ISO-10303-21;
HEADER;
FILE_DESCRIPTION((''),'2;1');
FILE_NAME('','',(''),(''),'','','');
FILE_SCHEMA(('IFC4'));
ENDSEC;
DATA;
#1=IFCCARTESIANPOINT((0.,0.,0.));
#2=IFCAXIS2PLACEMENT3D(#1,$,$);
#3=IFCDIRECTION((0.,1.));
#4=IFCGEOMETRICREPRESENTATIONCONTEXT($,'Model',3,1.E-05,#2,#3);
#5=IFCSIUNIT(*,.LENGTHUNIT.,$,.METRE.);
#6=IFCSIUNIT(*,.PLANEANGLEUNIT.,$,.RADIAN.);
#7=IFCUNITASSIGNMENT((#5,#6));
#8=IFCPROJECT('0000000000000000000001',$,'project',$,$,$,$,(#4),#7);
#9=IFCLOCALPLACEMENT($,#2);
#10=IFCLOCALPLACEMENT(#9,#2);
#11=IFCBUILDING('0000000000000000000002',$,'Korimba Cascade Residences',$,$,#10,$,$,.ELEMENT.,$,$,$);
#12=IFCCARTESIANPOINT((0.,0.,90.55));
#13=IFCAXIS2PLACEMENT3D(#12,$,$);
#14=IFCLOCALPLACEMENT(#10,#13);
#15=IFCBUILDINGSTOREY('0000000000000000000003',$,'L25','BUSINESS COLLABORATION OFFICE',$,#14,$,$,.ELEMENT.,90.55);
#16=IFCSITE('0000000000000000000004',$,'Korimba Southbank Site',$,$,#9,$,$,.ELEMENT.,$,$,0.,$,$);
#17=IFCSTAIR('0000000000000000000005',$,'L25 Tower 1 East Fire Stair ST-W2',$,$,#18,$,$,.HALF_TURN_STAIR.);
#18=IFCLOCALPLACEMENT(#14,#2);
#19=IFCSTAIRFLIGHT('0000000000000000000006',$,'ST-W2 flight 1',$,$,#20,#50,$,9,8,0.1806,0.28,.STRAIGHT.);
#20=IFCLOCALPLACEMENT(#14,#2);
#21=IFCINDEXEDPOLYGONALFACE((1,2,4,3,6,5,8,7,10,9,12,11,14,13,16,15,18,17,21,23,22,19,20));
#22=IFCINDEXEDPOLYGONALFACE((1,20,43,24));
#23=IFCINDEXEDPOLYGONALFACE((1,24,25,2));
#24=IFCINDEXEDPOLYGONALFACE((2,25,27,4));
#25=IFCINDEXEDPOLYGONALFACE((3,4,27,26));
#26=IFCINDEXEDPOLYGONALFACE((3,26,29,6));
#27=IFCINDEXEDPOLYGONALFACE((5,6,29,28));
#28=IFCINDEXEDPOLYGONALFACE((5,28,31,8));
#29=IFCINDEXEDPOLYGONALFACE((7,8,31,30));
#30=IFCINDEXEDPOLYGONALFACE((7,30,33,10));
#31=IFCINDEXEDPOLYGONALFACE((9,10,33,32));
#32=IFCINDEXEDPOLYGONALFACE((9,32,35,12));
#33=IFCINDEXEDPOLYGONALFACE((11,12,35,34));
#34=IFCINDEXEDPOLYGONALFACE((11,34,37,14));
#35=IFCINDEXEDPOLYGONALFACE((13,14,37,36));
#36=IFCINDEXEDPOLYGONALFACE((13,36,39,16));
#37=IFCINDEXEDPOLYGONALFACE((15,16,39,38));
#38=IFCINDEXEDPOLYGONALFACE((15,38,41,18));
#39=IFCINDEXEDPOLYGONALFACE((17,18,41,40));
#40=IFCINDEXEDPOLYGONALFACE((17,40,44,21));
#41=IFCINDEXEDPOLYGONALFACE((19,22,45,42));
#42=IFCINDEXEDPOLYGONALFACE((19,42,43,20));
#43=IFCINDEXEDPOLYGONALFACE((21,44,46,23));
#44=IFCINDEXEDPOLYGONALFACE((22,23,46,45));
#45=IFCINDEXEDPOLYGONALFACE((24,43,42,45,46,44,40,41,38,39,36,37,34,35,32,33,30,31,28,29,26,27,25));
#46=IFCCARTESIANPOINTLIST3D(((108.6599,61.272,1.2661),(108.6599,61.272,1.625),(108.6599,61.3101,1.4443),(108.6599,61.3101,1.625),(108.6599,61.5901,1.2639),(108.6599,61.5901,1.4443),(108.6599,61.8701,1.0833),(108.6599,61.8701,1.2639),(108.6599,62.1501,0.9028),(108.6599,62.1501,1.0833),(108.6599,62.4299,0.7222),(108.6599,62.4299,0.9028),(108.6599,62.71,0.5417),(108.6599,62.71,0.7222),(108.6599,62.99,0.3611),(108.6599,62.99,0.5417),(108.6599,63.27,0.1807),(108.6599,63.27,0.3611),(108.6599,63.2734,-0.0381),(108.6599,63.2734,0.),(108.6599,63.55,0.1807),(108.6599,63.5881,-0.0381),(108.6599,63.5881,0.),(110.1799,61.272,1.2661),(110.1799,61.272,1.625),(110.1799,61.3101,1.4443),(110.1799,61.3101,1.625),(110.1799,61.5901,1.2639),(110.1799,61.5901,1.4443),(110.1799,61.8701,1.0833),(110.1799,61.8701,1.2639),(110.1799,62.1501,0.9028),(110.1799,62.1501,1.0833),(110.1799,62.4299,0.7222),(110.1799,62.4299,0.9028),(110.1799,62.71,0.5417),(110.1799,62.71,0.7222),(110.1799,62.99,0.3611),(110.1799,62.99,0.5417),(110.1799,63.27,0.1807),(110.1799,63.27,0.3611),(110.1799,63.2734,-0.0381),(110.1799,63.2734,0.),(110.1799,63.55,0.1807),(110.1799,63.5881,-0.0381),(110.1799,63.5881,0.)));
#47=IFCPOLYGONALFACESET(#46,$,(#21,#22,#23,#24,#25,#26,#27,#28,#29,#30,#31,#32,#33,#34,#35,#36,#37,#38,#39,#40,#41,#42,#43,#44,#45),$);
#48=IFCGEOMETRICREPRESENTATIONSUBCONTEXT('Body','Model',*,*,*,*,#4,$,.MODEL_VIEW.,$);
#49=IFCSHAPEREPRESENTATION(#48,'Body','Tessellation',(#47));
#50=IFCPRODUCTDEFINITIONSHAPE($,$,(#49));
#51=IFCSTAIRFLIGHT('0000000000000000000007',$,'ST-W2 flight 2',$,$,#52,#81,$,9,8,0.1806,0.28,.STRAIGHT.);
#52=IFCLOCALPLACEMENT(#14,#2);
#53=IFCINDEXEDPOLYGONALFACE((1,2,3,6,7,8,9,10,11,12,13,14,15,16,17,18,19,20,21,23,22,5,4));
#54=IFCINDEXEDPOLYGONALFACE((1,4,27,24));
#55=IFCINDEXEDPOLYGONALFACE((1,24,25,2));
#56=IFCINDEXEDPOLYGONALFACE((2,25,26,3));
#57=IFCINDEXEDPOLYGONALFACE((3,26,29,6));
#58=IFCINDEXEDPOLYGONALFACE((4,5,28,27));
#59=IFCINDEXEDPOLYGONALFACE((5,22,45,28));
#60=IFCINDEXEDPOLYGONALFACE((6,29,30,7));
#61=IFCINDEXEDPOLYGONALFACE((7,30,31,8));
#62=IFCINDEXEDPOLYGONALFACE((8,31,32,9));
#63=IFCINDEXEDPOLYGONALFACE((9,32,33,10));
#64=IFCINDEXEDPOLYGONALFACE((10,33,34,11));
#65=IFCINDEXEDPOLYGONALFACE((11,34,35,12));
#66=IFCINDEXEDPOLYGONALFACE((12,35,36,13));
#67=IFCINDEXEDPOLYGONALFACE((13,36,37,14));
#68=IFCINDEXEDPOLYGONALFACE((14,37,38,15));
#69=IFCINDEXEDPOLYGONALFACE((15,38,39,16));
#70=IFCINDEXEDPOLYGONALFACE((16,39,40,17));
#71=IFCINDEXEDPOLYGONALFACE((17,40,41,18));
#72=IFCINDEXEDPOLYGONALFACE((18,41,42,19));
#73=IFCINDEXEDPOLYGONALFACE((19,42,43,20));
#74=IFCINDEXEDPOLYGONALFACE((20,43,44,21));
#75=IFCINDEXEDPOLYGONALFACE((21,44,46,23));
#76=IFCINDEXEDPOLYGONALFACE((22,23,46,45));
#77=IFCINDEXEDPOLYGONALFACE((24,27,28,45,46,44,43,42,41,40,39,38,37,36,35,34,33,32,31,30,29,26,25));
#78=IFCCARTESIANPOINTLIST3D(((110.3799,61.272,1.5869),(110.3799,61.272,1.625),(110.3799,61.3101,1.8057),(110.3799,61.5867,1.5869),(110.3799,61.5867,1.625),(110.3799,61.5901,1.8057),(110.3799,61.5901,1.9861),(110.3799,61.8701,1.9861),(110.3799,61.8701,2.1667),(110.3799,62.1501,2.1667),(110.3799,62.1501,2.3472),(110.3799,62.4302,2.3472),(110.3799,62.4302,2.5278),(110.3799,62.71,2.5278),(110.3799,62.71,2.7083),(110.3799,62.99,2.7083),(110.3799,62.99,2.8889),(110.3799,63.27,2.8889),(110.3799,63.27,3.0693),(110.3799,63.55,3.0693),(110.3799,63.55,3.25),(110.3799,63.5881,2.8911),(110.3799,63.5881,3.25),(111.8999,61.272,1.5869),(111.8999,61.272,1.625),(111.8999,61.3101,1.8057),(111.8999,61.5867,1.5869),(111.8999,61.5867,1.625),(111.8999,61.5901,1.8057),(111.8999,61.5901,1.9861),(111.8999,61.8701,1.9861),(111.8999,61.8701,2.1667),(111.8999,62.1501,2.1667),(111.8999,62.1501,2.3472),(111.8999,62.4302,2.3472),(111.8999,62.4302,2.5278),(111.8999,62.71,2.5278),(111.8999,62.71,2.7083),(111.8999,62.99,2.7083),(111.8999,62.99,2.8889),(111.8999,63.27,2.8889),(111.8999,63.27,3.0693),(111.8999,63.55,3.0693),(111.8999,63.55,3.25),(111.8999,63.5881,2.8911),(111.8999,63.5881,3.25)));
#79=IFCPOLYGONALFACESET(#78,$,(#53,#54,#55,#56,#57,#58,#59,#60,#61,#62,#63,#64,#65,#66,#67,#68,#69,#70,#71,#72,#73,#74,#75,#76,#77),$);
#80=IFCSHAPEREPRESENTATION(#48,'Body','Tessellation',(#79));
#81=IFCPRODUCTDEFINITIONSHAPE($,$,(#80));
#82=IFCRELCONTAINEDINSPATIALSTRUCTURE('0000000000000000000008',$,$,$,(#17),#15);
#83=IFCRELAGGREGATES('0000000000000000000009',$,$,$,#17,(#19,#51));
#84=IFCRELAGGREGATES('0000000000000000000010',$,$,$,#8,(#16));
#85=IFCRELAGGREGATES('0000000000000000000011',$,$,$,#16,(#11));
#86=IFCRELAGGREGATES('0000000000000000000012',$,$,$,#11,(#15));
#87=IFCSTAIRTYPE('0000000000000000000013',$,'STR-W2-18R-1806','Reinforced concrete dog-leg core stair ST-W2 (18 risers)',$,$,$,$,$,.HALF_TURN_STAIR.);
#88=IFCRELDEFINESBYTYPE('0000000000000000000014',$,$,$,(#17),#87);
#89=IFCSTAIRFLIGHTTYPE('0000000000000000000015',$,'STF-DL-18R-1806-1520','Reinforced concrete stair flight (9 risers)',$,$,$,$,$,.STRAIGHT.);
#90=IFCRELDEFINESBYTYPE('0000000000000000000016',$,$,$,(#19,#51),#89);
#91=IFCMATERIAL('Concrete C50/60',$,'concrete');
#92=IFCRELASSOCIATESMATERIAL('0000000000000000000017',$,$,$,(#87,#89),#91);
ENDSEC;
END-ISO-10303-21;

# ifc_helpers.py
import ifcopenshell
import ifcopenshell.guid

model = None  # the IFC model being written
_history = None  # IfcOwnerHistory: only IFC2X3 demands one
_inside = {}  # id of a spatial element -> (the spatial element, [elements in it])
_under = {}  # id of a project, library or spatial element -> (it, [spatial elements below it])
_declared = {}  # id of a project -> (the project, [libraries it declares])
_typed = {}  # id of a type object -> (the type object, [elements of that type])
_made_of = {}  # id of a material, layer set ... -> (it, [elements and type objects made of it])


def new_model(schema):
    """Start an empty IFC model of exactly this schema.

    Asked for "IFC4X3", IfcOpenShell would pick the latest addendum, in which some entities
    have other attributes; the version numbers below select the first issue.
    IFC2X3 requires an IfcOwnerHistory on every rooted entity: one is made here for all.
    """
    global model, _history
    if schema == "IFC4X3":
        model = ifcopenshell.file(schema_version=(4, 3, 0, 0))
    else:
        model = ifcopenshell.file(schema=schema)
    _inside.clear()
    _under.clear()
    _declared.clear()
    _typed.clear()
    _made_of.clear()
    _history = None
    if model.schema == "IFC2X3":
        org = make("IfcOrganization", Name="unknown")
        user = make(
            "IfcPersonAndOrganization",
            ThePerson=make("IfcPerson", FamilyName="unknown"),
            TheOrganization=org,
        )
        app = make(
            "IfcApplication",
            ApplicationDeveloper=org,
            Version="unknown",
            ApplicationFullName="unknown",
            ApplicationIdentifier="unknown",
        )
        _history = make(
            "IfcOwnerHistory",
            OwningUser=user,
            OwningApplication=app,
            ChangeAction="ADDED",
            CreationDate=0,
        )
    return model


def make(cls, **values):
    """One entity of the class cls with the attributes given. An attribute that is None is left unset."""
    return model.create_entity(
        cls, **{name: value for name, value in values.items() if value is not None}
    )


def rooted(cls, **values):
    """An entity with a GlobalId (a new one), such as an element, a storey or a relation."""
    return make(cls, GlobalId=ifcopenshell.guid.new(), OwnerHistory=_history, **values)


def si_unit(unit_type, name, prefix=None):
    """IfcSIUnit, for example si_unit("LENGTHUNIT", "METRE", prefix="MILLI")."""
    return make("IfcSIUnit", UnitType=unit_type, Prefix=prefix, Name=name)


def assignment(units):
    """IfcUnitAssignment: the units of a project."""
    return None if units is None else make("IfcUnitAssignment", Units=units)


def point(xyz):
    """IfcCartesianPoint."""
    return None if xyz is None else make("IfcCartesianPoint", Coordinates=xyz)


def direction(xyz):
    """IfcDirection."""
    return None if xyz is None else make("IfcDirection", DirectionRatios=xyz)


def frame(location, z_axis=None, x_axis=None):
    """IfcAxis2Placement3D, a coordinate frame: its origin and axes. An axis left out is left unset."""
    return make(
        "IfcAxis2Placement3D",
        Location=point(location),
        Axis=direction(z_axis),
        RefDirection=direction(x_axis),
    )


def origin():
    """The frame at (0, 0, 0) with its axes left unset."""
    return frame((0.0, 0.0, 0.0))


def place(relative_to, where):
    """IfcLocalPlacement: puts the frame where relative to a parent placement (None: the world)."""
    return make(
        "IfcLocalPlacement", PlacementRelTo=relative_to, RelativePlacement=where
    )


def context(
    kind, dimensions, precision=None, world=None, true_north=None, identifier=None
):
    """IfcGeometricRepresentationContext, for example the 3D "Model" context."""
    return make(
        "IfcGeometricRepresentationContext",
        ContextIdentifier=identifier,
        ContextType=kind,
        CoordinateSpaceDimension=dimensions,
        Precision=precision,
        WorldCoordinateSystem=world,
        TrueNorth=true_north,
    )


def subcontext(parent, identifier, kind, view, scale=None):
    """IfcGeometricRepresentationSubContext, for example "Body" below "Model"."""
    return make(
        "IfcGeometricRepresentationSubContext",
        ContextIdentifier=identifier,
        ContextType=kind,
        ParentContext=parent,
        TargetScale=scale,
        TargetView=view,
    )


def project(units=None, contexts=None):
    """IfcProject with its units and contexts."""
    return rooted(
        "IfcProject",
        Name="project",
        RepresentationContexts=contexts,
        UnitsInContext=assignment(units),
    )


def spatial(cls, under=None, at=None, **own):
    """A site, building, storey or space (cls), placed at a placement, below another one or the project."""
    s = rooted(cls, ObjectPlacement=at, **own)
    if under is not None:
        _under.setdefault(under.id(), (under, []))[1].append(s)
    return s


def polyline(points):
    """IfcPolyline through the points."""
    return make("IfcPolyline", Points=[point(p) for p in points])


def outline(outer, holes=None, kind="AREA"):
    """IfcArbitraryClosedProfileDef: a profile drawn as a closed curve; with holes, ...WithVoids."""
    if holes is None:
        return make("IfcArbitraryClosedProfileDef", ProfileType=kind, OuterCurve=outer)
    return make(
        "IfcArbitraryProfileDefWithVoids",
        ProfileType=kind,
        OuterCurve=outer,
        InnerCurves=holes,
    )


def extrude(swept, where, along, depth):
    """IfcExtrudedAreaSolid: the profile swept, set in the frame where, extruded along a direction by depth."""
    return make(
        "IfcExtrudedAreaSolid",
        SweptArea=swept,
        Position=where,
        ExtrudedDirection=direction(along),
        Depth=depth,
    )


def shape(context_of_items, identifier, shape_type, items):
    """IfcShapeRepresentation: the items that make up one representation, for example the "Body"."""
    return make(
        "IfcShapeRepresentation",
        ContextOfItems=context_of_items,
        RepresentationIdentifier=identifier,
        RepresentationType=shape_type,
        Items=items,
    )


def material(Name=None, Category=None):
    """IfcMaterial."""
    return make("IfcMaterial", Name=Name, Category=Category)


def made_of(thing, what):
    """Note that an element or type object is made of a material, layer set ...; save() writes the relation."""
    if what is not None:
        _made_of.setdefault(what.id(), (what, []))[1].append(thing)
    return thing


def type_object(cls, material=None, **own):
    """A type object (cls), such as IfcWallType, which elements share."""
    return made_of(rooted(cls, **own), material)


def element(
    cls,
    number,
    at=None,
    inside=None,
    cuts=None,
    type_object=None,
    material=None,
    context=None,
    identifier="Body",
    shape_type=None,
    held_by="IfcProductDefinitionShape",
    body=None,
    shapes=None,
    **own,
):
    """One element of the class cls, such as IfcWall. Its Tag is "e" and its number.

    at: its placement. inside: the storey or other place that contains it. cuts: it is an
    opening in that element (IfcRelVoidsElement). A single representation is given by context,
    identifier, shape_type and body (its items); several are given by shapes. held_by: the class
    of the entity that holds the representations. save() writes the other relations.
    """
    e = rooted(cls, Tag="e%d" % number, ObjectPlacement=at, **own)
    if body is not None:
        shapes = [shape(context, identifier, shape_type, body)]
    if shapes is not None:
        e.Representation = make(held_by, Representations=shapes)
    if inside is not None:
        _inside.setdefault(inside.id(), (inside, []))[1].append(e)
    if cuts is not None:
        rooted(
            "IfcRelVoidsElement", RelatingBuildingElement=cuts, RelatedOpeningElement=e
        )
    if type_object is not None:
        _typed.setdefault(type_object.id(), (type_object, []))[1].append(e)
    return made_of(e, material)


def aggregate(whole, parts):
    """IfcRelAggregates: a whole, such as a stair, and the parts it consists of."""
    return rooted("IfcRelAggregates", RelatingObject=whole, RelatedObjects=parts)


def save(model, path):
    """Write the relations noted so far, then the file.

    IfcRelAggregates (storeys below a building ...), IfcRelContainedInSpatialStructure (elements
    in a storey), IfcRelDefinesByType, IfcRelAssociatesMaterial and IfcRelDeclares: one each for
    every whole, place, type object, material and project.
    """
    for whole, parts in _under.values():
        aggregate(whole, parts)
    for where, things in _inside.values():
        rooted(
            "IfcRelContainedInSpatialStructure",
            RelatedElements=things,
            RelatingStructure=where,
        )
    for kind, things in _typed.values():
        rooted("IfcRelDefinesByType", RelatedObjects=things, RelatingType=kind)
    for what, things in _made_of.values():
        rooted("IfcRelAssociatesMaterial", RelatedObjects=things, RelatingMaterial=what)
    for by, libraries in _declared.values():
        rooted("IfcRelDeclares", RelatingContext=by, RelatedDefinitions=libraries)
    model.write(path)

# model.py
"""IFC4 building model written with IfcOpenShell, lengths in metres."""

from ifc_helpers import new_model, si_unit, direction, frame, origin, place, context, subcontext, project, spatial, polyline, outline, extrude, material, type_object, element, aggregate, save


model = new_model("IFC4")

# Units and contexts
model_context = context("Model", 3, precision=1e-05, world=origin(), true_north=direction((0.0, 1.0)))
body_context = subcontext(model_context, "Body", "Model", "MODEL_VIEW")
ifc_project = project(units=[si_unit("LENGTHUNIT", "METRE"), si_unit("PLANEANGLEUNIT", "RADIAN")], contexts=[model_context])

# Site, building, storey
site_placement = place(None, origin())
site = spatial("IfcSite", under=ifc_project, at=site_placement, Name="Korimba Southbank Site", CompositionType="ELEMENT", RefElevation=0.0)
building_placement = place(site_placement, origin())
building = spatial("IfcBuilding", under=site, at=building_placement, Name="Korimba Cascade Residences", CompositionType="ELEMENT")
storey_placement = place(building_placement, frame((0.0, 0.0, 90.55)))
storey = spatial("IfcBuildingStorey", under=building, at=storey_placement, Name="L25", Description="BUSINESS COLLABORATION OFFICE", CompositionType="ELEMENT", Elevation=90.55)

# Shared definitions
ifc_material_1 = material(Name="Concrete C50/60", Category="concrete")

# Stair, stair flights
stair_type = type_object("IfcStairType", Name="STR-W2-18R-1806", Description="Reinforced concrete dog-leg core stair ST-W2 (18 risers)", PredefinedType="HALF_TURN_STAIR", material=ifc_material_1)
stair_placement = place(storey_placement, origin())
stair = element("IfcStair", 1, at=stair_placement, inside=storey, type_object=stair_type, Name="L25 Tower 1 East Fire Stair ST-W2", PredefinedType="HALF_TURN_STAIR")
stair_flight_type = type_object("IfcStairFlightType", Name="STF-DL-18R-1806-1520", Description="Reinforced concrete stair flight (9 risers)", PredefinedType="STRAIGHT", material=ifc_material_1)
stair_flight_1_placement = place(storey_placement, frame((109.4199, 63.55, 0.0), z_axis=(0.0, 0.0, 1.0), x_axis=(0.0, -1.0, 0.0)))
stair_flight_1 = element("IfcStairFlight", 2, at=stair_flight_1_placement, type_object=stair_flight_type, Name="ST-W2 flight 1", NumberOfRisers=9, NumberOfTreads=8, PredefinedType="STRAIGHT", RiserHeight=0.1806, TreadLength=0.28, context=body_context, shape_type="SweptSolid", body=[
    extrude(outline(polyline([(-0.0381, 0.0), (0.0, 0.1807), (0.28, 0.1807), (0.28, 0.3611), (0.5601, 0.3611), (0.5601, 0.5417), (0.8401, 0.5417), (0.8401, 0.7222), (1.1201, 0.7222), (1.1201, 0.9028), (1.3999, 0.9028), (1.3999, 1.0833), (1.6799, 1.0833), (1.6799, 1.2639), (1.96, 1.2639), (1.96, 1.4443), (2.24, 1.4443), (2.24, 1.625), (2.2781, 1.625), (2.2781, 1.2661), (0.2766, 0.0), (0.2766, -0.0381), (-0.0381, -0.0381), (-0.0381, 0.0)])), frame((0.0, 0.76, 0.0), z_axis=(0.0, -1.0, 0.0), x_axis=(1.0, 0.0, 0.0)), (0.0, 0.0, 1.0), 1.52),
])
stair_flight_2_placement = place(storey_placement, frame((111.1399, 61.3101, 1.625), z_axis=(0.0, 0.0, 1.0), x_axis=(0.0, 1.0, 0.0)))
stair_flight_2 = element("IfcStairFlight", 3, at=stair_flight_2_placement, type_object=stair_flight_type, Name="ST-W2 flight 2", NumberOfRisers=9, NumberOfTreads=8, PredefinedType="STRAIGHT", RiserHeight=0.1806, TreadLength=0.28, context=body_context, shape_type="SweptSolid", body=[
    extrude(outline(polyline([(-0.0381, 0.0), (0.0, 0.1807), (0.28, 0.1807), (0.28, 0.3611), (0.5601, 0.3611), (0.5601, 0.5417), (0.8401, 0.5417), (0.8401, 0.7222), (1.1201, 0.7222), (1.1201, 0.9028), (1.3999, 0.9028), (1.3999, 1.0833), (1.6799, 1.0833), (1.6799, 1.2639), (1.96, 1.2639), (1.96, 1.4443), (2.24, 1.4443), (2.24, 1.625), (2.2781, 1.625), (2.2781, 1.2661), (0.2766, 0.0), (0.2766, -0.0381), (-0.0381, -0.0381), (-0.0381, 0.0)])), frame((0.0, 0.76, 0.0), z_axis=(0.0, -1.0, 0.0), x_axis=(1.0, 0.0, 0.0)), (0.0, 0.0, 1.0), 1.52),
])
aggregate(stair, [stair_flight_1, stair_flight_2])

save(model, "model.ifc")
